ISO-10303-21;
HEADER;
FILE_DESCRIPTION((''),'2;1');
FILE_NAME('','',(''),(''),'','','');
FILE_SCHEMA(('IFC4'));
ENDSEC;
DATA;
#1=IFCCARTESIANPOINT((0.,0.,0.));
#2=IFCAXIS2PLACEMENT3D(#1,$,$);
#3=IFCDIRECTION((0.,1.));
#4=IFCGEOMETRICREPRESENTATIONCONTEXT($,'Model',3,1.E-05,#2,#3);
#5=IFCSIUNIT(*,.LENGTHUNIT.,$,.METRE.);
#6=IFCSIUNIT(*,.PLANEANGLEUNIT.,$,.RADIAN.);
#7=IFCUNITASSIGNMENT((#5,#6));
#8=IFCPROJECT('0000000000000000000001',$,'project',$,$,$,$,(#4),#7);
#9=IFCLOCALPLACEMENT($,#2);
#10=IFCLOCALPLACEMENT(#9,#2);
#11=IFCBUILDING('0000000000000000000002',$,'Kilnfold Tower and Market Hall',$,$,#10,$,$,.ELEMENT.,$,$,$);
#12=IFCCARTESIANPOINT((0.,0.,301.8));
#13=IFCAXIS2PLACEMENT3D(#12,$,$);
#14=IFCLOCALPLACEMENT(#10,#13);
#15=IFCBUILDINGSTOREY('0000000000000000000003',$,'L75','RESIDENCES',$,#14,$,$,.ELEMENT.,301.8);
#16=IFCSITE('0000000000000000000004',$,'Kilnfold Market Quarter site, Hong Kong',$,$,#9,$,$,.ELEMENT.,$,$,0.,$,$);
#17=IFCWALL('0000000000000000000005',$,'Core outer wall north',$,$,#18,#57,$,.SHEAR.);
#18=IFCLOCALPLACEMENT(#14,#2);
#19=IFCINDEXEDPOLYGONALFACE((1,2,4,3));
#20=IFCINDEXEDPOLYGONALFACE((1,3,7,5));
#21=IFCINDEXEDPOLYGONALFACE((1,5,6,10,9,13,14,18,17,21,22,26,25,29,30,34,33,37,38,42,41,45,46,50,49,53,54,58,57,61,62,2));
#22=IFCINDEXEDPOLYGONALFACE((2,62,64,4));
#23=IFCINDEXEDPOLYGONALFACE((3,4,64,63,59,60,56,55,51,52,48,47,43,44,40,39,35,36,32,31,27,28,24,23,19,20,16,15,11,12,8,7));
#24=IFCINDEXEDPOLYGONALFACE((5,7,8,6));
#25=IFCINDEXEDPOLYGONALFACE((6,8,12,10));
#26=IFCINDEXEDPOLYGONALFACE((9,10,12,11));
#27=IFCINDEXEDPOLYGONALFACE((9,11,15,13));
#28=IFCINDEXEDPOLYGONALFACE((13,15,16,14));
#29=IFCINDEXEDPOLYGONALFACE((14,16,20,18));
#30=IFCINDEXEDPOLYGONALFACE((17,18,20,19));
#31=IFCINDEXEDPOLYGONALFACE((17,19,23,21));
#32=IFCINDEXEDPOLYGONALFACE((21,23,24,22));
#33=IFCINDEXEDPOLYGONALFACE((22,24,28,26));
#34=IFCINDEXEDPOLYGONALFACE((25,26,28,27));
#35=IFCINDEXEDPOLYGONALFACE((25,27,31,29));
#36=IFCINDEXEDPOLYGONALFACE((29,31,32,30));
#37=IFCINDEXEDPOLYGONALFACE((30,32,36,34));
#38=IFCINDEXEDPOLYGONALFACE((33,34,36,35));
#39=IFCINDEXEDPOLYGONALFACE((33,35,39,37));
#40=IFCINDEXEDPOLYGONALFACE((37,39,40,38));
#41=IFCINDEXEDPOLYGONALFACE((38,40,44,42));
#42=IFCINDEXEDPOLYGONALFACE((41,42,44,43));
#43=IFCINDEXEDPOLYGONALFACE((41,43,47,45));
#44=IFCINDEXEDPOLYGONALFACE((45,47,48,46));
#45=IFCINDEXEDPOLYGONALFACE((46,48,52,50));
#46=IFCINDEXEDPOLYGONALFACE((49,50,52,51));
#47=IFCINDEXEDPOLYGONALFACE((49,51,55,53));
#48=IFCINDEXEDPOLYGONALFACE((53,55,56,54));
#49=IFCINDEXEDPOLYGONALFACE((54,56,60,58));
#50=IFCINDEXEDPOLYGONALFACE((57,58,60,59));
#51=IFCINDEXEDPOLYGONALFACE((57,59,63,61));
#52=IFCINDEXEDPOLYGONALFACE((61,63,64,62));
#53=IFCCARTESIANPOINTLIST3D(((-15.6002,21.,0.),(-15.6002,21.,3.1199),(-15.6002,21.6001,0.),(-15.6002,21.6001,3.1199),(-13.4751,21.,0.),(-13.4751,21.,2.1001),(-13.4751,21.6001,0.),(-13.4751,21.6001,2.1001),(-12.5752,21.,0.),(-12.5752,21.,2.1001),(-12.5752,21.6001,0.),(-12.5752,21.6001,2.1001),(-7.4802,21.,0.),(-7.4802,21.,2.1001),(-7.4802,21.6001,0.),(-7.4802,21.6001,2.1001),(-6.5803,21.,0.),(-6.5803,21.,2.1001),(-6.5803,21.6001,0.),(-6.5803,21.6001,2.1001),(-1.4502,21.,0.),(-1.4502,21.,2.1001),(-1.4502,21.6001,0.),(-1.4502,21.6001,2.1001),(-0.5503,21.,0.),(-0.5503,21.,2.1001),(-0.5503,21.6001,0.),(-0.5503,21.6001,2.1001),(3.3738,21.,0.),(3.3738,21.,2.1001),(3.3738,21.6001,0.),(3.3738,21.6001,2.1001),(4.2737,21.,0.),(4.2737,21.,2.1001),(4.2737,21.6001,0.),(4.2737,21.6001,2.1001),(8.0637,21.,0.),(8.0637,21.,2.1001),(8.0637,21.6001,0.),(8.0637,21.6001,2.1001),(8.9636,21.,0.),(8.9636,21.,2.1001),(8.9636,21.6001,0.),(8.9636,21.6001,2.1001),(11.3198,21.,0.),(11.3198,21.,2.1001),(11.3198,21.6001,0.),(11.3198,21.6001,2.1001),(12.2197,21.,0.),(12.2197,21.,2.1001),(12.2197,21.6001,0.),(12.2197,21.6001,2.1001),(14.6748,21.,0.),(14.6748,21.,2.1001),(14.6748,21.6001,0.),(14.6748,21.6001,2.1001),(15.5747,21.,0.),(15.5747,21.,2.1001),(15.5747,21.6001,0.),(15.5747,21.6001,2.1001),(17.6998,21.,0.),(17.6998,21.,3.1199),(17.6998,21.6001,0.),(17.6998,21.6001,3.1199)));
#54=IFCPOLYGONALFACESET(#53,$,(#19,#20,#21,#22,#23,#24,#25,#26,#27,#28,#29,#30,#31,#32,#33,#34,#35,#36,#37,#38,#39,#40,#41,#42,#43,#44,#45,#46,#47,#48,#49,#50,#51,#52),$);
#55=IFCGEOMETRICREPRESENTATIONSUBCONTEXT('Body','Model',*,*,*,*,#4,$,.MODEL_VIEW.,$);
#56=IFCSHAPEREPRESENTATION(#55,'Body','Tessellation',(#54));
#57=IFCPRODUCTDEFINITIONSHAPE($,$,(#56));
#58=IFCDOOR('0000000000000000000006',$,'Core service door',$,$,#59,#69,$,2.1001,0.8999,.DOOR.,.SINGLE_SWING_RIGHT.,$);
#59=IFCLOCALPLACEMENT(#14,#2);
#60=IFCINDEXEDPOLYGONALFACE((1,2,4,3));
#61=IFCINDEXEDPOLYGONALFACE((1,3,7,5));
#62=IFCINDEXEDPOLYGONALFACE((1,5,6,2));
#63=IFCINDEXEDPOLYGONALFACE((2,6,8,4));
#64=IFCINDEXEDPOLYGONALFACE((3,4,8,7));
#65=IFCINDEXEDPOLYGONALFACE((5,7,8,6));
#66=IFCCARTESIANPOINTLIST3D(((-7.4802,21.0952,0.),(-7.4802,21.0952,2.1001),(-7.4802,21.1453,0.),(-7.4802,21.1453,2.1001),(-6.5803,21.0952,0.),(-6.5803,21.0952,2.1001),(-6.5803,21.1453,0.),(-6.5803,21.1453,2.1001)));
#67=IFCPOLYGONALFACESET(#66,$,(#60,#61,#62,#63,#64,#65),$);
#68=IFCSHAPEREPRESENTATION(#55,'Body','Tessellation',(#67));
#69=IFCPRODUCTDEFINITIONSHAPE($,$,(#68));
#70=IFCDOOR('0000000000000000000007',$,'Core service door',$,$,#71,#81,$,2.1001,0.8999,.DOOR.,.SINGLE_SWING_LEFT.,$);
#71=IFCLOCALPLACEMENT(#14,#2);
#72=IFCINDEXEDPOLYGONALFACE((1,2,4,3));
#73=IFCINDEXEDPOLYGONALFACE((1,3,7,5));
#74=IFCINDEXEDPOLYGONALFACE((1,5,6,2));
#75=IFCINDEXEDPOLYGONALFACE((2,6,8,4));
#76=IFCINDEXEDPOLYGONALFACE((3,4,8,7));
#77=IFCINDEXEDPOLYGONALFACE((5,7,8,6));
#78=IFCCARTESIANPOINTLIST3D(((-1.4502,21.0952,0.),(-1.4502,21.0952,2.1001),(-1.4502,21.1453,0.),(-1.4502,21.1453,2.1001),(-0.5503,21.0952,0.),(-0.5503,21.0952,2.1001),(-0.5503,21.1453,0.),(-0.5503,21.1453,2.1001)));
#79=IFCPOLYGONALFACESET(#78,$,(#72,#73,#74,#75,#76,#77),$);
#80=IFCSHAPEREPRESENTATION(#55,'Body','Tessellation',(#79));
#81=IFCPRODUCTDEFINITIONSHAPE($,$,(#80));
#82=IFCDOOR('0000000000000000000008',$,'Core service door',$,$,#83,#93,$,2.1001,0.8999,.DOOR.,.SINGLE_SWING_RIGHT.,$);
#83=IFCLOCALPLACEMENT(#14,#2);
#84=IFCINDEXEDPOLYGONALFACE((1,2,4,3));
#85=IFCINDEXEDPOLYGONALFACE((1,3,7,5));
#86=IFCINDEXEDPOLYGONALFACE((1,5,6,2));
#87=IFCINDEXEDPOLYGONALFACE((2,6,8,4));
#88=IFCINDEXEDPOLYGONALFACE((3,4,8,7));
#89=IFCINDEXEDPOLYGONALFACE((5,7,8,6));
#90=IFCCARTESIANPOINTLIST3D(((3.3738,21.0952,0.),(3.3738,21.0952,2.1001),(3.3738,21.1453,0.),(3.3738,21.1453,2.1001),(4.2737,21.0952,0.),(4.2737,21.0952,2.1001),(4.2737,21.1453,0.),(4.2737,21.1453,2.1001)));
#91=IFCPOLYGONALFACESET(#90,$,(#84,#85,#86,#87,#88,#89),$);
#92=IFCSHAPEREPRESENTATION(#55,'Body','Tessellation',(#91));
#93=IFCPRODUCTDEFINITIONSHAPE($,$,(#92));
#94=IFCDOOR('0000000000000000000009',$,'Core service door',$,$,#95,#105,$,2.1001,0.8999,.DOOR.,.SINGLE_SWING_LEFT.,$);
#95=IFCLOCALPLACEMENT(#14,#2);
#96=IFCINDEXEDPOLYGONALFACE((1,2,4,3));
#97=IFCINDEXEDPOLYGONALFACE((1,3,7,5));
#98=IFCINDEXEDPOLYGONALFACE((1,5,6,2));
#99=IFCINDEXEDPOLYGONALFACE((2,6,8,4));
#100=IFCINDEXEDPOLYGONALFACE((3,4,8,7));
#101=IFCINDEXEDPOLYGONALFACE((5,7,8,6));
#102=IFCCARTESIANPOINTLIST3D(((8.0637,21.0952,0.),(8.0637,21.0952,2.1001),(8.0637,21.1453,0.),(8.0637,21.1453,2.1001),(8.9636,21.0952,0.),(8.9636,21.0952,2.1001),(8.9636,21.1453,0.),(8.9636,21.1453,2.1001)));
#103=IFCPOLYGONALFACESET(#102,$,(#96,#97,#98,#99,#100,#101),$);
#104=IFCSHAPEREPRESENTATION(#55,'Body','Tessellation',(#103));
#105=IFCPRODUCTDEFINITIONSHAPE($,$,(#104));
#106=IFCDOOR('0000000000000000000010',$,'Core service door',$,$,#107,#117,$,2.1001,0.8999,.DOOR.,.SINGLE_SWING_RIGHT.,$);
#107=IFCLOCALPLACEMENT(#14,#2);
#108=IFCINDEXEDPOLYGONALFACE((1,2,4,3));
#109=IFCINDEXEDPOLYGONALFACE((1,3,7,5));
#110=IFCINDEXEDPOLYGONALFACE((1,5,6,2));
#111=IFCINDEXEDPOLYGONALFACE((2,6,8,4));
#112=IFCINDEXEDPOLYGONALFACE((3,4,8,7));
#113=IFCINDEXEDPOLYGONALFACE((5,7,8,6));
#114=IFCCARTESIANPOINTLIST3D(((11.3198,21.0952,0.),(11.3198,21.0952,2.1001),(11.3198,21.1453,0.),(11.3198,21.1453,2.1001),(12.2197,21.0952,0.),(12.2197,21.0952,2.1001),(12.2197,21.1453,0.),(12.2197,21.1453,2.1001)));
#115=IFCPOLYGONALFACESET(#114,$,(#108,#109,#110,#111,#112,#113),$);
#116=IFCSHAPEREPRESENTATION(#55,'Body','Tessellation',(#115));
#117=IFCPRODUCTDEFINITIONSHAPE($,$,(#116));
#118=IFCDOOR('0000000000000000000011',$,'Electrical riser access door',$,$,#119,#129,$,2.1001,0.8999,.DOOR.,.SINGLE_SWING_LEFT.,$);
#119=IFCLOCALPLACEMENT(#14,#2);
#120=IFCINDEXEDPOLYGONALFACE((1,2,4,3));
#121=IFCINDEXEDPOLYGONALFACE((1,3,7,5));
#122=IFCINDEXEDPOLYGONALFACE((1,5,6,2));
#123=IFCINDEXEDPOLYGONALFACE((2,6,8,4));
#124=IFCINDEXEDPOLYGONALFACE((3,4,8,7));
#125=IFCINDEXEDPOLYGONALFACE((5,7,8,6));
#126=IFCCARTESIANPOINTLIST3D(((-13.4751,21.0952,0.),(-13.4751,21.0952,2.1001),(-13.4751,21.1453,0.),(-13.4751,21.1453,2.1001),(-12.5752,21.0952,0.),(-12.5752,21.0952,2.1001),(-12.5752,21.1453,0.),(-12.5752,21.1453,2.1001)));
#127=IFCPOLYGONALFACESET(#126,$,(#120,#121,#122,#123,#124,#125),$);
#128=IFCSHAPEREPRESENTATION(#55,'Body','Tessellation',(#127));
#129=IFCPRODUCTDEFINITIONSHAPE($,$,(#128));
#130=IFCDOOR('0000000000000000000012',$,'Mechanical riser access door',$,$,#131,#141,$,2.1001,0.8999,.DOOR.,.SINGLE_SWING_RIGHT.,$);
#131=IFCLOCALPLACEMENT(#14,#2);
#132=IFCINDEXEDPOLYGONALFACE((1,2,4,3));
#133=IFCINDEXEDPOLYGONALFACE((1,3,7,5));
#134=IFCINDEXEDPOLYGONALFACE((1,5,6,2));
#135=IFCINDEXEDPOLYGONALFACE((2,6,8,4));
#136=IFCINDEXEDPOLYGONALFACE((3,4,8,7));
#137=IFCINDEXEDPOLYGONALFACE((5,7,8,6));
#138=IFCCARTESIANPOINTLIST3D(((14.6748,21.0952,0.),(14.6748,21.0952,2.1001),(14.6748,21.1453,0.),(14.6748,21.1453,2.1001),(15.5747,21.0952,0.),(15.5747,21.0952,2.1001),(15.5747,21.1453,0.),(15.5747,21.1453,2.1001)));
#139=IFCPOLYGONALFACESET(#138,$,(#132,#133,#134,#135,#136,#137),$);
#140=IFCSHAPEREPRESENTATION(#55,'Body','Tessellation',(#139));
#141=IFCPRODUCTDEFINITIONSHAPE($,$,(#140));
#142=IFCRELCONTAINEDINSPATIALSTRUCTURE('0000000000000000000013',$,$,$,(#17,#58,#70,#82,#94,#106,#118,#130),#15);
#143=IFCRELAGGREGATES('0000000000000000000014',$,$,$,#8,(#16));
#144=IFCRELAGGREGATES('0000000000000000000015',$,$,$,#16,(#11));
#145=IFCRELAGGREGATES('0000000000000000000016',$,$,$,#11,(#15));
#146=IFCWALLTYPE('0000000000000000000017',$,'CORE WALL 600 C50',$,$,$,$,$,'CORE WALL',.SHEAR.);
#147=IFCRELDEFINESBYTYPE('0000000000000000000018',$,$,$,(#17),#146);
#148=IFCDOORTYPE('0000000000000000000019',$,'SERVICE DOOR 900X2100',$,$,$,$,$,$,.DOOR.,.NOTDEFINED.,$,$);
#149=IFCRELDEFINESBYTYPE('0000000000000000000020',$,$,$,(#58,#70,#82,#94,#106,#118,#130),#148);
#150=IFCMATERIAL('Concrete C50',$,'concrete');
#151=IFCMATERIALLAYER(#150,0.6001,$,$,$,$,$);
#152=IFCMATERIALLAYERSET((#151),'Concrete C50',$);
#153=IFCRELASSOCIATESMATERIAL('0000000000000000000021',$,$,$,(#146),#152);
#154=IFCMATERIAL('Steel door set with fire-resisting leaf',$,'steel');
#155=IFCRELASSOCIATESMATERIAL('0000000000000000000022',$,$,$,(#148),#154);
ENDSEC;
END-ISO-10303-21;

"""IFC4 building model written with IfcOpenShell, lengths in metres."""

from ifc_helpers import new_model, si_unit, direction, frame, frame_2d, origin, place, context, subcontext, project, spatial, rectangle, extrude, source, transform, mapped, material, layer, layer_set, type_object, element, fill, save


model = new_model("IFC4")

# Units and contexts
model_context = context("Model", 3, precision=1e-05, world=origin(), true_north=direction((0.0, 1.0)))
body_context = subcontext(model_context, "Body", "Model", "MODEL_VIEW")
ifc_project = project(units=[si_unit("LENGTHUNIT", "METRE"), si_unit("PLANEANGLEUNIT", "RADIAN")], contexts=[model_context])

# Site, building, storey
site_placement = place(None, origin())
site = spatial("IfcSite", under=ifc_project, at=site_placement, Name="Kilnfold Market Quarter site, Hong Kong", CompositionType="ELEMENT", RefElevation=0.0)
building_placement = place(site_placement, origin())
building = spatial("IfcBuilding", under=site, at=building_placement, Name="Kilnfold Tower and Market Hall", CompositionType="ELEMENT")
storey_placement = place(building_placement, frame((0.0, 0.0, 301.8)))
storey = spatial("IfcBuildingStorey", under=building, at=storey_placement, Name="L75", Description="RESIDENCES", CompositionType="ELEMENT", Elevation=301.8)

# Wall, openings, doors
ifc_material_1 = material(Name="Concrete C50", Category="concrete")
ifc_layer_1 = layer(ifc_material_1, 0.6001)
ifc_layer_set_1 = layer_set([ifc_layer_1], Name="Concrete C50")
wall_type_1 = type_object("IfcWallType", Name="CORE WALL 600 C50", ElementType="CORE WALL", PredefinedType="SHEAR", material=ifc_layer_set_1)
shared_shape_1 = source(origin(), body_context, "Body", "SweptSolid", [
    extrude(rectangle(XDim=33.3, YDim=0.6001, at=frame_2d((16.6499, 0.0))), origin(), (0.0, 0.0, 1.0), 3.1199),
])
wall_1_placement = place(storey_placement, frame((-15.6001, 21.3, 0.0), z_axis=(0.0, 0.0, 1.0), x_axis=(1.0, 0.0, 0.0)))
wall_1 = element("IfcWall", 1, at=wall_1_placement, inside=storey, type_object=wall_type_1, Name="Core outer wall north", PredefinedType="SHEAR", context=body_context, shape_type="MappedRepresentation", body=[
    mapped(shared_shape_1, transform((0.0, 0.0, 0.0))),
])
opening_1_placement = place(wall_1_placement, frame((8.1199, 0.0, 0.0)))
opening_1 = element("IfcOpeningElement", 2, at=opening_1_placement, cuts=wall_1, PredefinedType="OPENING", context=body_context, shape_type="SweptSolid", body=[
    extrude(rectangle(XDim=0.8999, YDim=2.1001, at=frame_2d((0.45, 1.05))), frame((0.0, 0.3101, 0.0), z_axis=(0.0, -1.0, 0.0), x_axis=(1.0, 0.0, 0.0)), (0.0, 0.0, 1.0), 0.6201),
])
opening_2_placement = place(wall_1_placement, frame((14.1499, 0.0, 0.0)))
opening_2 = element("IfcOpeningElement", 3, at=opening_2_placement, cuts=wall_1, PredefinedType="OPENING", context=body_context, shape_type="SweptSolid", body=[
    extrude(rectangle(XDim=0.8999, YDim=2.1001, at=frame_2d((0.45, 1.05))), frame((0.0, 0.3101, 0.0), z_axis=(0.0, -1.0, 0.0), x_axis=(1.0, 0.0, 0.0)), (0.0, 0.0, 1.0), 0.6201),
])
opening_3_placement = place(wall_1_placement, frame((18.9739, 0.0, 0.0)))
opening_3 = element("IfcOpeningElement", 4, at=opening_3_placement, cuts=wall_1, PredefinedType="OPENING", context=body_context, shape_type="SweptSolid", body=[
    extrude(rectangle(XDim=0.8999, YDim=2.1001, at=frame_2d((0.45, 1.05))), frame((0.0, 0.3101, 0.0), z_axis=(0.0, -1.0, 0.0), x_axis=(1.0, 0.0, 0.0)), (0.0, 0.0, 1.0), 0.6201),
])
opening_4_placement = place(wall_1_placement, frame((23.6638, 0.0, 0.0)))
opening_4 = element("IfcOpeningElement", 5, at=opening_4_placement, cuts=wall_1, PredefinedType="OPENING", context=body_context, shape_type="SweptSolid", body=[
    extrude(rectangle(XDim=0.8999, YDim=2.1001, at=frame_2d((0.45, 1.05))), frame((0.0, 0.3101, 0.0), z_axis=(0.0, -1.0, 0.0), x_axis=(1.0, 0.0, 0.0)), (0.0, 0.0, 1.0), 0.6201),
])
opening_5_placement = place(wall_1_placement, frame((26.9199, 0.0, 0.0)))
opening_5 = element("IfcOpeningElement", 6, at=opening_5_placement, cuts=wall_1, PredefinedType="OPENING", context=body_context, shape_type="SweptSolid", body=[
    extrude(rectangle(XDim=0.8999, YDim=2.1001, at=frame_2d((0.45, 1.05))), frame((0.0, 0.3101, 0.0), z_axis=(0.0, -1.0, 0.0), x_axis=(1.0, 0.0, 0.0)), (0.0, 0.0, 1.0), 0.6201),
])
opening_6_placement = place(wall_1_placement, frame((2.125, 0.0, 0.0)))
opening_6 = element("IfcOpeningElement", 7, at=opening_6_placement, cuts=wall_1, PredefinedType="OPENING", context=body_context, shape_type="SweptSolid", body=[
    extrude(rectangle(XDim=0.8999, YDim=2.1001, at=frame_2d((0.45, 1.05))), frame((0.0, 0.3101, 0.0), z_axis=(0.0, -1.0, 0.0), x_axis=(1.0, 0.0, 0.0)), (0.0, 0.0, 1.0), 0.6201),
])
opening_7_placement = place(wall_1_placement, frame((30.2749, 0.0, 0.0)))
opening_7 = element("IfcOpeningElement", 8, at=opening_7_placement, cuts=wall_1, PredefinedType="OPENING", context=body_context, shape_type="SweptSolid", body=[
    extrude(rectangle(XDim=0.8999, YDim=2.1001, at=frame_2d((0.45, 1.05))), frame((0.0, 0.3101, 0.0), z_axis=(0.0, -1.0, 0.0), x_axis=(1.0, 0.0, 0.0)), (0.0, 0.0, 1.0), 0.6201),
])
ifc_material_2 = material(Name="Steel door set with fire-resisting leaf", Category="steel")
door_type = type_object("IfcDoorType", Name="SERVICE DOOR 900X2100", OperationType="NOTDEFINED", PredefinedType="DOOR", material=ifc_material_2)
door_1_placement = place(opening_1_placement, origin())
door_1 = element("IfcDoor", 9, at=door_1_placement, inside=storey, type_object=door_type, Name="Core service door", OperationType="SINGLE_SWING_RIGHT", OverallHeight=2.1001, OverallWidth=0.8999, PredefinedType="DOOR", context=body_context, shape_type="SweptSolid", body=[
    extrude(rectangle(XDim=0.8999, YDim=2.1001, at=frame_2d((0.45, 1.05))), frame((0.0, -0.1548, 0.0), z_axis=(0.0, -1.0, 0.0), x_axis=(1.0, 0.0, 0.0)), (0.0, 0.0, 1.0), 0.05),
])
fill(opening_1, door_1)
door_2_placement = place(opening_2_placement, origin())
door_2 = element("IfcDoor", 10, at=door_2_placement, inside=storey, type_object=door_type, Name="Core service door", OperationType="SINGLE_SWING_LEFT", OverallHeight=2.1001, OverallWidth=0.8999, PredefinedType="DOOR", context=body_context, shape_type="SweptSolid", body=[
    extrude(rectangle(XDim=0.8999, YDim=2.1001, at=frame_2d((0.45, 1.05))), frame((0.0, -0.1548, 0.0), z_axis=(0.0, -1.0, 0.0), x_axis=(1.0, 0.0, 0.0)), (0.0, 0.0, 1.0), 0.05),
])
fill(opening_2, door_2)
door_3_placement = place(opening_3_placement, origin())
door_3 = element("IfcDoor", 11, at=door_3_placement, inside=storey, type_object=door_type, Name="Core service door", OperationType="SINGLE_SWING_RIGHT", OverallHeight=2.1001, OverallWidth=0.8999, PredefinedType="DOOR", context=body_context, shape_type="SweptSolid", body=[
    extrude(rectangle(XDim=0.8999, YDim=2.1001, at=frame_2d((0.45, 1.05))), frame((0.0, -0.1548, 0.0), z_axis=(0.0, -1.0, 0.0), x_axis=(1.0, 0.0, 0.0)), (0.0, 0.0, 1.0), 0.05),
])
fill(opening_3, door_3)
door_4_placement = place(opening_4_placement, origin())
door_4 = element("IfcDoor", 12, at=door_4_placement, inside=storey, type_object=door_type, Name="Core service door", OperationType="SINGLE_SWING_LEFT", OverallHeight=2.1001, OverallWidth=0.8999, PredefinedType="DOOR", context=body_context, shape_type="SweptSolid", body=[
    extrude(rectangle(XDim=0.8999, YDim=2.1001, at=frame_2d((0.45, 1.05))), frame((0.0, -0.1548, 0.0), z_axis=(0.0, -1.0, 0.0), x_axis=(1.0, 0.0, 0.0)), (0.0, 0.0, 1.0), 0.05),
])
fill(opening_4, door_4)
door_5_placement = place(opening_5_placement, origin())
door_5 = element("IfcDoor", 13, at=door_5_placement, inside=storey, type_object=door_type, Name="Core service door", OperationType="SINGLE_SWING_RIGHT", OverallHeight=2.1001, OverallWidth=0.8999, PredefinedType="DOOR", context=body_context, shape_type="SweptSolid", body=[
    extrude(rectangle(XDim=0.8999, YDim=2.1001, at=frame_2d((0.45, 1.05))), frame((0.0, -0.1548, 0.0), z_axis=(0.0, -1.0, 0.0), x_axis=(1.0, 0.0, 0.0)), (0.0, 0.0, 1.0), 0.05),
])
fill(opening_5, door_5)
door_6_placement = place(opening_6_placement, origin())
door_6 = element("IfcDoor", 14, at=door_6_placement, inside=storey, type_object=door_type, Name="Electrical riser access door", OperationType="SINGLE_SWING_LEFT", OverallHeight=2.1001, OverallWidth=0.8999, PredefinedType="DOOR", context=body_context, shape_type="SweptSolid", body=[
    extrude(rectangle(XDim=0.8999, YDim=2.1001, at=frame_2d((0.45, 1.05))), frame((0.0, -0.1548, 0.0), z_axis=(0.0, -1.0, 0.0), x_axis=(1.0, 0.0, 0.0)), (0.0, 0.0, 1.0), 0.05),
])
fill(opening_6, door_6)
door_7_placement = place(opening_7_placement, origin())
door_7 = element("IfcDoor", 15, at=door_7_placement, inside=storey, type_object=door_type, Name="Mechanical riser access door", OperationType="SINGLE_SWING_RIGHT", OverallHeight=2.1001, OverallWidth=0.8999, PredefinedType="DOOR", context=body_context, shape_type="SweptSolid", body=[
    extrude(rectangle(XDim=0.8999, YDim=2.1001, at=frame_2d((0.45, 1.05))), frame((0.0, -0.1548, 0.0), z_axis=(0.0, -1.0, 0.0), x_axis=(1.0, 0.0, 0.0)), (0.0, 0.0, 1.0), 0.05),
])
fill(opening_7, door_7)

save(model, "model.ifc")
